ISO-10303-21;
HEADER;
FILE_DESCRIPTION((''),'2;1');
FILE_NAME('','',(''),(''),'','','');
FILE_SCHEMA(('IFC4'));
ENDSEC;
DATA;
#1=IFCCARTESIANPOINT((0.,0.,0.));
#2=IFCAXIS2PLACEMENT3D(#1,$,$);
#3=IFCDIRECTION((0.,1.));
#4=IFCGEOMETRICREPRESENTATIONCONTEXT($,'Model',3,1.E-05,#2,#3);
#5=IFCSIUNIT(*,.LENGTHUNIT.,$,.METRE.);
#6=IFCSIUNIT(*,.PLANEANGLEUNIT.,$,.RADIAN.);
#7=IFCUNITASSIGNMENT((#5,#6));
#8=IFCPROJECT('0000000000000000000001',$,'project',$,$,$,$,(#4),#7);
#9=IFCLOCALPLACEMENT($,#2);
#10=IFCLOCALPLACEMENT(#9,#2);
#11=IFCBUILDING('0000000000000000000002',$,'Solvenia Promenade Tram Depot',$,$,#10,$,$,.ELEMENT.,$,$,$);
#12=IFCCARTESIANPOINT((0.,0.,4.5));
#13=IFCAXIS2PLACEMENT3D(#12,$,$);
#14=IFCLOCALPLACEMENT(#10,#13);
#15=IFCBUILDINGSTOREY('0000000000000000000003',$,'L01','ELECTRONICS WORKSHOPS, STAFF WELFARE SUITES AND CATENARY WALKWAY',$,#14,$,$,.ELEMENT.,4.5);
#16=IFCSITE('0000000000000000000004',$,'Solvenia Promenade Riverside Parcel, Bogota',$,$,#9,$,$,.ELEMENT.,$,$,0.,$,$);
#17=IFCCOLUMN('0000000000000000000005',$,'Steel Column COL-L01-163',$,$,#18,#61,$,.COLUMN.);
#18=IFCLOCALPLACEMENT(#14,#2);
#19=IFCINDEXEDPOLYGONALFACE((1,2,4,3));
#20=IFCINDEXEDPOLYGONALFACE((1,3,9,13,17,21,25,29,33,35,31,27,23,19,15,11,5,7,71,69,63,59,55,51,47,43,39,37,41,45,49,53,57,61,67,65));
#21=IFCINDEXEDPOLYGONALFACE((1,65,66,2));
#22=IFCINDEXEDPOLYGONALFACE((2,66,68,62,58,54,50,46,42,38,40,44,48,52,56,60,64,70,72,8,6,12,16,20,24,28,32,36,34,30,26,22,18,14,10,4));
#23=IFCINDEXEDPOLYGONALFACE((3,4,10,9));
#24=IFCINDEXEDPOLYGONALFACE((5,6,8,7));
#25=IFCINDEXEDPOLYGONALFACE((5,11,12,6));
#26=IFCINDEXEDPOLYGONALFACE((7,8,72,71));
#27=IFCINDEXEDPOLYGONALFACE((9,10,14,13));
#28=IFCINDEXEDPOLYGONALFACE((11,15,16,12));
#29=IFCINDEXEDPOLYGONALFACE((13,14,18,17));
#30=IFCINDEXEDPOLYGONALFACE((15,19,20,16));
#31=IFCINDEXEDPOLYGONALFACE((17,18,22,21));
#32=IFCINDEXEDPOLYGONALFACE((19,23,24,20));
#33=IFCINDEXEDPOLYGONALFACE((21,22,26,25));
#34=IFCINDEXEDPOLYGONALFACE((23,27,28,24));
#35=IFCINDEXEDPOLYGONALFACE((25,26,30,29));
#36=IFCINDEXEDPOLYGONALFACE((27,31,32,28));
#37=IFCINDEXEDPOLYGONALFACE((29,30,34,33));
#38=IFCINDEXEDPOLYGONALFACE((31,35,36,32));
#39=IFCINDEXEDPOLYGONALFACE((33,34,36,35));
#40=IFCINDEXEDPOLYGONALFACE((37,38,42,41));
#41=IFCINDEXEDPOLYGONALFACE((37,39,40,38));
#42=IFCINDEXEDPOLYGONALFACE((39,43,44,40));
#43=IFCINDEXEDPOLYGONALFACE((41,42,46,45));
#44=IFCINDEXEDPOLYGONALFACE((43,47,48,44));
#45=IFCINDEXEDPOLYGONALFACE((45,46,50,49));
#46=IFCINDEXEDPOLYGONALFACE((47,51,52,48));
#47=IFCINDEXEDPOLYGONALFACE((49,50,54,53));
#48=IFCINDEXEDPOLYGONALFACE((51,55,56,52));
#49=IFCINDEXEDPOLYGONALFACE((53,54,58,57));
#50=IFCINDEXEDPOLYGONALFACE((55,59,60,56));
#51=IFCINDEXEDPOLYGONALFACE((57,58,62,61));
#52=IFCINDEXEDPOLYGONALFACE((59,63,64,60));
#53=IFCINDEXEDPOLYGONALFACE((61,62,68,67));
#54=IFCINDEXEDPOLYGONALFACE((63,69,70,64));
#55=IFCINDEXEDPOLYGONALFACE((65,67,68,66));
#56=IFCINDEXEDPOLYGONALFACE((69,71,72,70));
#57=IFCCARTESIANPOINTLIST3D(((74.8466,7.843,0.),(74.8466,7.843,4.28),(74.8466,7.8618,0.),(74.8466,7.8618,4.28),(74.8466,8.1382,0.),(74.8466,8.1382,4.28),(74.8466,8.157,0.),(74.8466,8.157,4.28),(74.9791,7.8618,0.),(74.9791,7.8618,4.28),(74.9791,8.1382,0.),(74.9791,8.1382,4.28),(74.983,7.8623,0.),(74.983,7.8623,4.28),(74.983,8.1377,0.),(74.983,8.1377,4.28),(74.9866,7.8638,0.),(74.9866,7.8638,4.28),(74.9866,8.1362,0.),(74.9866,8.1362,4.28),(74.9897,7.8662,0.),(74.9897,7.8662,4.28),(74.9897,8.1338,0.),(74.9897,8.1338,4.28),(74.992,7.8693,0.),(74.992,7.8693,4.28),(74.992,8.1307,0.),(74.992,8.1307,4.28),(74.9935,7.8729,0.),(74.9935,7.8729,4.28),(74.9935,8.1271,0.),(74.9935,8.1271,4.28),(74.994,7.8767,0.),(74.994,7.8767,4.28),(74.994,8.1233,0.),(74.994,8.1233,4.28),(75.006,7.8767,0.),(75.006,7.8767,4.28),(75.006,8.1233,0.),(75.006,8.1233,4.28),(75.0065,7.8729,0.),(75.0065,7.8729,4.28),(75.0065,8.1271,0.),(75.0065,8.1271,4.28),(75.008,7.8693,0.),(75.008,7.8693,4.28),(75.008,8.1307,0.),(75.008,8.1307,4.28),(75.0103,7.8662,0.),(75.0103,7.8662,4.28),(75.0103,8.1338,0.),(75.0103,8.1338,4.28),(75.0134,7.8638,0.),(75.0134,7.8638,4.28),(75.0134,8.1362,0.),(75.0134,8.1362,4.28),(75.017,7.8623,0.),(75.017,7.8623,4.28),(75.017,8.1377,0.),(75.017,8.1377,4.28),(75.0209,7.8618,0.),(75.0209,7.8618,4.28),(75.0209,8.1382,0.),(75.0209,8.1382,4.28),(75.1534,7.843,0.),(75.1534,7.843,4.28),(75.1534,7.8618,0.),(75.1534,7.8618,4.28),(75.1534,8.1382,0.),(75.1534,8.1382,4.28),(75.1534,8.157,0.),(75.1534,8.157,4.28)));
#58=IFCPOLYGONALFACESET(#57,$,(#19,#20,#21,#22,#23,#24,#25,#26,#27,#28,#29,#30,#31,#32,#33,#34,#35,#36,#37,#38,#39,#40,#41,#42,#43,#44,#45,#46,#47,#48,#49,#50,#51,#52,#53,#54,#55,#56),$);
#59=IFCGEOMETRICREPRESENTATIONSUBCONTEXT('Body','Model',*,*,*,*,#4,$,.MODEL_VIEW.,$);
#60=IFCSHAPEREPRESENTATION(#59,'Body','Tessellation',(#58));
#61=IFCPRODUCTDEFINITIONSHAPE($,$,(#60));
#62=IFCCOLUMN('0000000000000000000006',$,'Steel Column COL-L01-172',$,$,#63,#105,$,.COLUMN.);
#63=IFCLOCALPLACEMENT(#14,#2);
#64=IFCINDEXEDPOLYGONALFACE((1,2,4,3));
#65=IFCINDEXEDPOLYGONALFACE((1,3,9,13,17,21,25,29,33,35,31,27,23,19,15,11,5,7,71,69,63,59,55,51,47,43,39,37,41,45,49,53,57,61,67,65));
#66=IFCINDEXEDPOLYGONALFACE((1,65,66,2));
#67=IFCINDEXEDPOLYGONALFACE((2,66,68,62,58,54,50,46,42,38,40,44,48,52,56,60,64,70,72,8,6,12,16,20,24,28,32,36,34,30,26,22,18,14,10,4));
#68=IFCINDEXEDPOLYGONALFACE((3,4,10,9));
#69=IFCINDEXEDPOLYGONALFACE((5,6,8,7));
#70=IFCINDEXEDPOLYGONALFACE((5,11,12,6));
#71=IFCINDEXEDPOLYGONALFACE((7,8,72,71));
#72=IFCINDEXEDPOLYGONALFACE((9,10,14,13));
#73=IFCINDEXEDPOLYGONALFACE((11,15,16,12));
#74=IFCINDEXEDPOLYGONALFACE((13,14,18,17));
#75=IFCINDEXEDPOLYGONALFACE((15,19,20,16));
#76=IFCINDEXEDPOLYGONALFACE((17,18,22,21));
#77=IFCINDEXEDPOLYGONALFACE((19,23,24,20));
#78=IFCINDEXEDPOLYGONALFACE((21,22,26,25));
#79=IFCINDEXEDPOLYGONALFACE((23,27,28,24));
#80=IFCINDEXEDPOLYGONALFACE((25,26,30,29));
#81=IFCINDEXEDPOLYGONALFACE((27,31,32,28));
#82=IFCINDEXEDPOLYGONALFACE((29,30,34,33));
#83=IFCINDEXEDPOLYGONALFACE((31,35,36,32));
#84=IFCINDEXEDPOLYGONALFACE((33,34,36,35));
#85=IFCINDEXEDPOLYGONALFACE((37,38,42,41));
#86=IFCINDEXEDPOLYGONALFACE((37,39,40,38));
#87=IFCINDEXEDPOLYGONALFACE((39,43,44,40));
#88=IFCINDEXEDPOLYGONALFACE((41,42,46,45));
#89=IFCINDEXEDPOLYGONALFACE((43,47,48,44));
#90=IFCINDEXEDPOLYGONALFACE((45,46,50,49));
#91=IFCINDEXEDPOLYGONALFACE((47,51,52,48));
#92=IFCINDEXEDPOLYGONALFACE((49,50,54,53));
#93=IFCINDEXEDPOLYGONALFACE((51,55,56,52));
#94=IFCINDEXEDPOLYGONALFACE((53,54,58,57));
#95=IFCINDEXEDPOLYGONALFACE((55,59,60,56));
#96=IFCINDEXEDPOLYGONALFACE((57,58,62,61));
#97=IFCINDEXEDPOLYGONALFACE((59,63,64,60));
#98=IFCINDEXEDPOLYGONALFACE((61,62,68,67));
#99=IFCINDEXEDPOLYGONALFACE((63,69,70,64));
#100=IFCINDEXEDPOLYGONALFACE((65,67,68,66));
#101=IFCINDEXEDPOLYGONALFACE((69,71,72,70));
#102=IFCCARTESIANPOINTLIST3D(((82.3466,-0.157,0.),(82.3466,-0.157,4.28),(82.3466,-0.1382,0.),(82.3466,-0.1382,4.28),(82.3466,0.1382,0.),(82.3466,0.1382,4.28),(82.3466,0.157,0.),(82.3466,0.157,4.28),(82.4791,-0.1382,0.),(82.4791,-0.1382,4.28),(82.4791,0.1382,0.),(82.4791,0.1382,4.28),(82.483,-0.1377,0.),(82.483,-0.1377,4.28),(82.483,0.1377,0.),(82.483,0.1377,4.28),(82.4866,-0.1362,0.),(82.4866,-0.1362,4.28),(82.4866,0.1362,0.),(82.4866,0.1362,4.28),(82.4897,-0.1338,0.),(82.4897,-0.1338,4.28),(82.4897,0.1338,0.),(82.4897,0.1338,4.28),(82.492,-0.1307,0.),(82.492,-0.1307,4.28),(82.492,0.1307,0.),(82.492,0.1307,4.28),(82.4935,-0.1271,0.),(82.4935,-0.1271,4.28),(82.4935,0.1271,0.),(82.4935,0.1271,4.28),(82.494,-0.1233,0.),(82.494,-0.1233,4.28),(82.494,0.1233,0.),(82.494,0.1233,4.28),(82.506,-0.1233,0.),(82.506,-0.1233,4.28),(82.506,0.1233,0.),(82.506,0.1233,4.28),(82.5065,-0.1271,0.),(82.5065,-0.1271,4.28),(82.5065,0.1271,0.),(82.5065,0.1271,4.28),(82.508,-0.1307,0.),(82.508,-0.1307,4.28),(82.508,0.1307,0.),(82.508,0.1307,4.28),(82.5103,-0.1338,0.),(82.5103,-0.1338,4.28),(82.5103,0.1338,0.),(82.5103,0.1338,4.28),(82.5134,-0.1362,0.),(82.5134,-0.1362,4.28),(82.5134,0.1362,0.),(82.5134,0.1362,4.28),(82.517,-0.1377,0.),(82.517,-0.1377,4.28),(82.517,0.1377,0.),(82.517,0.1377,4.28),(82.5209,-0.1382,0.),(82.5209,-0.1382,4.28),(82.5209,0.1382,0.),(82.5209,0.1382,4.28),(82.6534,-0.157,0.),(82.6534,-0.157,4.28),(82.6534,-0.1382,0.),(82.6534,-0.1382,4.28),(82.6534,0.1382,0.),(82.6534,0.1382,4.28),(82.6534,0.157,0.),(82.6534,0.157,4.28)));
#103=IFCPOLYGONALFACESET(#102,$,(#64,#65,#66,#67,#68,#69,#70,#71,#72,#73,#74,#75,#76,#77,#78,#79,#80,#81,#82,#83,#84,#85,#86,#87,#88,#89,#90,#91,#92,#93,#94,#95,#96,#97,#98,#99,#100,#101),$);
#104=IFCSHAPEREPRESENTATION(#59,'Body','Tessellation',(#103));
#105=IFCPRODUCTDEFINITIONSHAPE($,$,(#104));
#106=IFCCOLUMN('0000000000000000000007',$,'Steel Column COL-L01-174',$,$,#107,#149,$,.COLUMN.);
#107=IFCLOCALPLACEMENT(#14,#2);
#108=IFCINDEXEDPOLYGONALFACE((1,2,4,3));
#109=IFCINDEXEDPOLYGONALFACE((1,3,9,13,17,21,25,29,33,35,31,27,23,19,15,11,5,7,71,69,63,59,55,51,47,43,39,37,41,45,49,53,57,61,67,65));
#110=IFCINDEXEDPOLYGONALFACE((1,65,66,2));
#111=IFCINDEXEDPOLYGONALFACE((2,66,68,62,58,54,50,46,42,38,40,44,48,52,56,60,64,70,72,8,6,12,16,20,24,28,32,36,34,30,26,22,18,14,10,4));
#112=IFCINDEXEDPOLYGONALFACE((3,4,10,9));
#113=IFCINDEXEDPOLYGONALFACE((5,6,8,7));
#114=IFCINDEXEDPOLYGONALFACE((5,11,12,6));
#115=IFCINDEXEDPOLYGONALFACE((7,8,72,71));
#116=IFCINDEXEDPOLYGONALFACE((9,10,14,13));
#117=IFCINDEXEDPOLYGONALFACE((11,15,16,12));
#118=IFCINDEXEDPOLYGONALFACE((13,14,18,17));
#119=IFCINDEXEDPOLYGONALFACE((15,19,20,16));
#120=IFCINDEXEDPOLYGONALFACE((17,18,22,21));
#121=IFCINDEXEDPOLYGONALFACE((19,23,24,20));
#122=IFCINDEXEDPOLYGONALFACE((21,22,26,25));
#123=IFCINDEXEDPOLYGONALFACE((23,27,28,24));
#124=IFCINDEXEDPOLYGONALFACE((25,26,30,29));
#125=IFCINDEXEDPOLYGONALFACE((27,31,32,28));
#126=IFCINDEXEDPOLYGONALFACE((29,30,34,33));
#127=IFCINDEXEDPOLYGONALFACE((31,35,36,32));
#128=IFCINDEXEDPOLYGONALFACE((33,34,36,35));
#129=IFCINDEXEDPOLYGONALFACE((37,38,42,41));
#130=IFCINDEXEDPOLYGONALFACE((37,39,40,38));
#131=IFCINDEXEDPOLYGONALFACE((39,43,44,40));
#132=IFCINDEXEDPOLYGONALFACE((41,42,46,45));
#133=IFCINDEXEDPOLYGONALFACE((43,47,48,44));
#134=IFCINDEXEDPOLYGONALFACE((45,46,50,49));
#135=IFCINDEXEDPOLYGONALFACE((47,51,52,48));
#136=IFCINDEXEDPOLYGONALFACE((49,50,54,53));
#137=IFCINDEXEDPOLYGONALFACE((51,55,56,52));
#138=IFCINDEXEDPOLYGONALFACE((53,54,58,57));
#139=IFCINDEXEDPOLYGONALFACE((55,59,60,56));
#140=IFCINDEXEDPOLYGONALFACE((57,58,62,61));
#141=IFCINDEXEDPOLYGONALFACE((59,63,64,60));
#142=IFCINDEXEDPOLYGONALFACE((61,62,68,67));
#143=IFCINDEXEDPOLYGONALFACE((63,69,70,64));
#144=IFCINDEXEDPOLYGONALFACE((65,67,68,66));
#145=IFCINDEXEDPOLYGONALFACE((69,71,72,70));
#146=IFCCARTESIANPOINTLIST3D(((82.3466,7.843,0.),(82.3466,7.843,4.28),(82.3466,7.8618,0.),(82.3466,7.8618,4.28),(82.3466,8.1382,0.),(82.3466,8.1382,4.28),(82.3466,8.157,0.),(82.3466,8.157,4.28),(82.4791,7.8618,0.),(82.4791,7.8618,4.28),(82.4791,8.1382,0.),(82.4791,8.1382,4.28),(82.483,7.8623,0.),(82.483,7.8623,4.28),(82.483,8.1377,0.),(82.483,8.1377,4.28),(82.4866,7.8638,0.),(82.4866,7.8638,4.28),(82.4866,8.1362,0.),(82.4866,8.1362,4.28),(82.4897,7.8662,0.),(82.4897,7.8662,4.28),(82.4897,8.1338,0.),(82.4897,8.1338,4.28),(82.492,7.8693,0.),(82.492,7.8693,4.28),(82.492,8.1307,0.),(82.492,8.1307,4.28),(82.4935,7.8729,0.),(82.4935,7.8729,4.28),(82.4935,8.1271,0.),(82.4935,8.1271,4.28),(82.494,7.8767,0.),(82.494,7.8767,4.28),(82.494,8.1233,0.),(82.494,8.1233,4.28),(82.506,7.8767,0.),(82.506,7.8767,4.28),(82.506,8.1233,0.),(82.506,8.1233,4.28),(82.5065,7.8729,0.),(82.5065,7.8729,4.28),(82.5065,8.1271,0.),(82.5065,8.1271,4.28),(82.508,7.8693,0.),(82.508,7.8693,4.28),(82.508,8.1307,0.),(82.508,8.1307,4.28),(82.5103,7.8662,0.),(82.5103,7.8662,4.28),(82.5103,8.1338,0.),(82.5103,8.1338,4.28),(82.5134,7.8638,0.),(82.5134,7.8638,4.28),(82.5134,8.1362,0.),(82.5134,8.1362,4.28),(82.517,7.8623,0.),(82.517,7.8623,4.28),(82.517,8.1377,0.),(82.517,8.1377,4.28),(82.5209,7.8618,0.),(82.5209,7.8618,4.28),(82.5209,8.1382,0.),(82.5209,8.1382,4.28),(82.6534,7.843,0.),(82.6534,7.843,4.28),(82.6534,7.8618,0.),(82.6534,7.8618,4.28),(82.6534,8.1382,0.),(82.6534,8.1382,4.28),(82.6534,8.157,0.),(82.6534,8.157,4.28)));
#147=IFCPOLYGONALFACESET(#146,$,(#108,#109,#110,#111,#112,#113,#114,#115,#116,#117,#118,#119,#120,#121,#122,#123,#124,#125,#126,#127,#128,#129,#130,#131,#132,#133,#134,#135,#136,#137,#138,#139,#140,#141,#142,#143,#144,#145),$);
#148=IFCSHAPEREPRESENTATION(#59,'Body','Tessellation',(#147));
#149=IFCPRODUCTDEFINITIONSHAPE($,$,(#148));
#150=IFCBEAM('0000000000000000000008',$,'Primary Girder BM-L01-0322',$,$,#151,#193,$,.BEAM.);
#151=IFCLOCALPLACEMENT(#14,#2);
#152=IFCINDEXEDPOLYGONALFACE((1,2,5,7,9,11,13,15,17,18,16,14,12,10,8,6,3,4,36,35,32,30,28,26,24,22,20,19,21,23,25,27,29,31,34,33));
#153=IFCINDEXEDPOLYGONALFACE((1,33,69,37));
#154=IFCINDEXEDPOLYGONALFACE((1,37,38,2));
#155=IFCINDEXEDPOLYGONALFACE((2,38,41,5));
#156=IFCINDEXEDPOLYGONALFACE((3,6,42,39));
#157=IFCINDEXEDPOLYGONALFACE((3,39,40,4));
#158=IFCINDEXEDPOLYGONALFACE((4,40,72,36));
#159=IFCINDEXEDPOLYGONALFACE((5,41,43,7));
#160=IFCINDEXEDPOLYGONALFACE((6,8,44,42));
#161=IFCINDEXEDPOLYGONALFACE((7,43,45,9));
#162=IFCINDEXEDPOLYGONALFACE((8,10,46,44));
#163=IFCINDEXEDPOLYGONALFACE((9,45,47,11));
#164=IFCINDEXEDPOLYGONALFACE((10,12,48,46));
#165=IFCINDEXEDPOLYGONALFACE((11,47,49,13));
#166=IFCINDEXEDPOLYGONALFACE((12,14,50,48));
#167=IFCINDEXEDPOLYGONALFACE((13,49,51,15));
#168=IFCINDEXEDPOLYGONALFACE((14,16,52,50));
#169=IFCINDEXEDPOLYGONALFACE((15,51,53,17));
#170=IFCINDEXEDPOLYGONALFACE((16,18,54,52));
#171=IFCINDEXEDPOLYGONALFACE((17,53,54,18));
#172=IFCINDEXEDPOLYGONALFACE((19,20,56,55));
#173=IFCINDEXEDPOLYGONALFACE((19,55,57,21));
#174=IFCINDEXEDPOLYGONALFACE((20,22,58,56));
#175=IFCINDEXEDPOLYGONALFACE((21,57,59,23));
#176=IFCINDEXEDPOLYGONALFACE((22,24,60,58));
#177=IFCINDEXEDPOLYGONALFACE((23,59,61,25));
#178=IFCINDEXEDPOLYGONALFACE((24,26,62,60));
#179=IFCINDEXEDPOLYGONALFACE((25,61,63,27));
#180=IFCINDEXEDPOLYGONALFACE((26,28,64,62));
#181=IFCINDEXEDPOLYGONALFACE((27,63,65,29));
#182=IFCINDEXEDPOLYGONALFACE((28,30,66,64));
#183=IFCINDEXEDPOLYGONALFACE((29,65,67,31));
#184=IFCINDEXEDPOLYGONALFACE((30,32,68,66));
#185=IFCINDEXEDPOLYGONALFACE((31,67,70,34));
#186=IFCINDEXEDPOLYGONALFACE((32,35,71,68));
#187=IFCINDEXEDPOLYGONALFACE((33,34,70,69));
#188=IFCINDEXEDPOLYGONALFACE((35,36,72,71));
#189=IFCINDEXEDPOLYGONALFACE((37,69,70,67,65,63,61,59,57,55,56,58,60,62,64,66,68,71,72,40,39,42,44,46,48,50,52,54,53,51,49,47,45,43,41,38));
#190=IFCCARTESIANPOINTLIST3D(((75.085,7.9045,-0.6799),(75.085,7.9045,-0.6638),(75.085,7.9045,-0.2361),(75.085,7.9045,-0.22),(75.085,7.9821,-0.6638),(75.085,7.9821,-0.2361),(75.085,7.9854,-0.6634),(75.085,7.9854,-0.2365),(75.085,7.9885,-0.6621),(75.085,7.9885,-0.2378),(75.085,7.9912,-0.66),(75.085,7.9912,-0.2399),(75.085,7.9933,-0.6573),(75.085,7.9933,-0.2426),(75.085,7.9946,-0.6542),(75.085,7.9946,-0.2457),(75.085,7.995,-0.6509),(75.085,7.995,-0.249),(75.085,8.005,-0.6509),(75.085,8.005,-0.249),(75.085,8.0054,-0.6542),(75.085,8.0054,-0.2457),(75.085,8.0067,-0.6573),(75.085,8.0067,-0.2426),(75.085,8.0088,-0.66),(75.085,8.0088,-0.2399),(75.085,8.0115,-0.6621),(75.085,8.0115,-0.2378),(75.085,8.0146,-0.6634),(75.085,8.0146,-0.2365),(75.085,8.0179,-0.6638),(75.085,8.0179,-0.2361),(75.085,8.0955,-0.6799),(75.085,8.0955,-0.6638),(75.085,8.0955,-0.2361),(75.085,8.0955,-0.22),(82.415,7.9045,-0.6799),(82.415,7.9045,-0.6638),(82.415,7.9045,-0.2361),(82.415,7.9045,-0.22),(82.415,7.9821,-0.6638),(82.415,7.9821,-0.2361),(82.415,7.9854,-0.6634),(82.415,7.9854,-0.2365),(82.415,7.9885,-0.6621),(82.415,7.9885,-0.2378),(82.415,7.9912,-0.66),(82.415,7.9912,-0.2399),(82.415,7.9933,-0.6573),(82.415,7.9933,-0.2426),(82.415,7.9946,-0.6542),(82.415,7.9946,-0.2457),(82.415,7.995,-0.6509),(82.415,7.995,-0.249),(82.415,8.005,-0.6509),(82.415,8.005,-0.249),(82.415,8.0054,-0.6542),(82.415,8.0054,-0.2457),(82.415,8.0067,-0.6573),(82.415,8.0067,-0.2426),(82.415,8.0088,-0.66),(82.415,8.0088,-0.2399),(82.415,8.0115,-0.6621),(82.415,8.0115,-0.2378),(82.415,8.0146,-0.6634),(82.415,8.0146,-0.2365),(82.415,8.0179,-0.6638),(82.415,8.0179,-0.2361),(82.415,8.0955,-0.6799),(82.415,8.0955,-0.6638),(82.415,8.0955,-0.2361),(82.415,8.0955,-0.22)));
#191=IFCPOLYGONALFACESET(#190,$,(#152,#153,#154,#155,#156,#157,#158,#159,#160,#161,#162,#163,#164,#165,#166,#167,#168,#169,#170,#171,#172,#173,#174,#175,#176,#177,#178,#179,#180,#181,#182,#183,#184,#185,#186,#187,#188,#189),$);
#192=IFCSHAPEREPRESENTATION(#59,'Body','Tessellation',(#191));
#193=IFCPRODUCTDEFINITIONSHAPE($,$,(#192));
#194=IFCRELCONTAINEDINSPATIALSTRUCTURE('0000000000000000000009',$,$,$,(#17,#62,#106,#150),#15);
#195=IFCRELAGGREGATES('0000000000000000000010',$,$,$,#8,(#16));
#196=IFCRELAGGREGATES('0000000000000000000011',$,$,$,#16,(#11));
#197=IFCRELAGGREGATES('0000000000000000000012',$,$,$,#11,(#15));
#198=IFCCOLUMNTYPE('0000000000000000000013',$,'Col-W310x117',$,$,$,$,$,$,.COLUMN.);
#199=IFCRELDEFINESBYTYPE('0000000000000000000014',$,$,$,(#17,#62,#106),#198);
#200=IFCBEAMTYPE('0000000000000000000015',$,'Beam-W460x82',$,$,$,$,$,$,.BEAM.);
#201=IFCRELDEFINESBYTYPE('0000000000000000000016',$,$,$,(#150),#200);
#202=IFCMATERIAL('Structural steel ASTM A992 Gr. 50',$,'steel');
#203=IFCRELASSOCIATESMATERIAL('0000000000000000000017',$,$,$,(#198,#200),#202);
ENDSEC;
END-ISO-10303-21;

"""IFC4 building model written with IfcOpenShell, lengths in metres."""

from ifc_helpers import new_model, si_unit, direction, frame, origin, origin_2d, place, context, subcontext, project, spatial, i_section, extrude, material, material_profile, profile_set, type_object, element, save


model = new_model("IFC4")

# Units and contexts
model_context = context("Model", 3, precision=1e-05, world=origin(), true_north=direction((0.0, 1.0)))
body_context = subcontext(model_context, "Body", "Model", "MODEL_VIEW")
ifc_project = project(units=[si_unit("LENGTHUNIT", "METRE"), si_unit("PLANEANGLEUNIT", "RADIAN")], contexts=[model_context])

# Site, building, storey
site_placement = place(None, origin())
site = spatial("IfcSite", under=ifc_project, at=site_placement, Name="Solvenia Promenade Riverside Parcel, Bogota", CompositionType="ELEMENT", RefElevation=0.0)
building_placement = place(site_placement, origin())
building = spatial("IfcBuilding", under=site, at=building_placement, Name="Solvenia Promenade Tram Depot", CompositionType="ELEMENT")
storey_placement = place(building_placement, frame((0.0, 0.0, 4.5)))
storey = spatial("IfcBuildingStorey", under=building, at=storey_placement, Name="L01", Description="ELECTRONICS WORKSHOPS, STAFF WELFARE SUITES AND CATENARY WALKWAY", CompositionType="ELEMENT", Elevation=4.5)

# Columns
ifc_material_1 = material(Name="Structural steel ASTM A992 Gr. 50", Category="steel")
ifc_material_profile_1 = material_profile(ifc_material_1, i_section(OverallWidth=0.3069, OverallDepth=0.314, WebThickness=0.012, FlangeThickness=0.0188, FilletRadius=0.0149, at=origin_2d()), Name="W310x117", Category="steel")
ifc_profile_set_1 = profile_set([ifc_material_profile_1], Name="Structural steel ASTM A992 Gr. 50")
column_type = type_object("IfcColumnType", Name="Col-W310x117", PredefinedType="COLUMN", material=ifc_profile_set_1)
for number, where, z_axis, x_axis, name in (
    (1, (75.0, 8.0, 0.0), (0.0, 0.0, 1.0), (1.0, 0.0, 0.0), "Steel Column COL-L01-163"),
    (2, (82.5, 0.0, 0.0), (0.0, 0.0, 1.0), (1.0, 0.0, 0.0), "Steel Column COL-L01-172"),
    (3, (82.5, 8.0, 0.0), (0.0, 0.0, 1.0), (1.0, 0.0, 0.0), "Steel Column COL-L01-174"),
):
    element("IfcColumn", number, at=place(storey_placement, frame(where, z_axis=z_axis, x_axis=x_axis)), inside=storey, type_object=column_type, Name=name, PredefinedType="COLUMN", context=body_context, shape_type="SweptSolid", body=[
        extrude(i_section(OverallWidth=0.3069, OverallDepth=0.314, WebThickness=0.012, FlangeThickness=0.0188, FilletRadius=0.0149, at=origin_2d()), origin(), (0.0, 0.0, 1.0), 4.28),
    ])

# Beam
ifc_material_profile_2 = material_profile(ifc_material_1, i_section(OverallWidth=0.1909, OverallDepth=0.46, WebThickness=0.01, FlangeThickness=0.0161, FilletRadius=0.0129, at=origin_2d()), Name="W460x82", Category="steel")
ifc_profile_set_2 = profile_set([ifc_material_profile_2], Name="Structural steel ASTM A992 Gr. 50")
beam_type_1 = type_object("IfcBeamType", Name="Beam-W460x82", PredefinedType="BEAM", material=ifc_profile_set_2)
beam_1_placement = place(storey_placement, frame((75.085, 8.0, -0.45), z_axis=(1.0, 0.0, 0.0), x_axis=(0.0, 1.0, 0.0)))
element("IfcBeam", 4, at=beam_1_placement, inside=storey, type_object=beam_type_1, Name="Primary Girder BM-L01-0322", PredefinedType="BEAM", context=body_context, shape_type="SweptSolid", body=[
    extrude(i_section(OverallWidth=0.1909, OverallDepth=0.46, WebThickness=0.01, FlangeThickness=0.0161, FilletRadius=0.0129, at=origin_2d()), origin(), (0.0, 0.0, 1.0), 7.3301),
])

save(model, "model.ifc")
